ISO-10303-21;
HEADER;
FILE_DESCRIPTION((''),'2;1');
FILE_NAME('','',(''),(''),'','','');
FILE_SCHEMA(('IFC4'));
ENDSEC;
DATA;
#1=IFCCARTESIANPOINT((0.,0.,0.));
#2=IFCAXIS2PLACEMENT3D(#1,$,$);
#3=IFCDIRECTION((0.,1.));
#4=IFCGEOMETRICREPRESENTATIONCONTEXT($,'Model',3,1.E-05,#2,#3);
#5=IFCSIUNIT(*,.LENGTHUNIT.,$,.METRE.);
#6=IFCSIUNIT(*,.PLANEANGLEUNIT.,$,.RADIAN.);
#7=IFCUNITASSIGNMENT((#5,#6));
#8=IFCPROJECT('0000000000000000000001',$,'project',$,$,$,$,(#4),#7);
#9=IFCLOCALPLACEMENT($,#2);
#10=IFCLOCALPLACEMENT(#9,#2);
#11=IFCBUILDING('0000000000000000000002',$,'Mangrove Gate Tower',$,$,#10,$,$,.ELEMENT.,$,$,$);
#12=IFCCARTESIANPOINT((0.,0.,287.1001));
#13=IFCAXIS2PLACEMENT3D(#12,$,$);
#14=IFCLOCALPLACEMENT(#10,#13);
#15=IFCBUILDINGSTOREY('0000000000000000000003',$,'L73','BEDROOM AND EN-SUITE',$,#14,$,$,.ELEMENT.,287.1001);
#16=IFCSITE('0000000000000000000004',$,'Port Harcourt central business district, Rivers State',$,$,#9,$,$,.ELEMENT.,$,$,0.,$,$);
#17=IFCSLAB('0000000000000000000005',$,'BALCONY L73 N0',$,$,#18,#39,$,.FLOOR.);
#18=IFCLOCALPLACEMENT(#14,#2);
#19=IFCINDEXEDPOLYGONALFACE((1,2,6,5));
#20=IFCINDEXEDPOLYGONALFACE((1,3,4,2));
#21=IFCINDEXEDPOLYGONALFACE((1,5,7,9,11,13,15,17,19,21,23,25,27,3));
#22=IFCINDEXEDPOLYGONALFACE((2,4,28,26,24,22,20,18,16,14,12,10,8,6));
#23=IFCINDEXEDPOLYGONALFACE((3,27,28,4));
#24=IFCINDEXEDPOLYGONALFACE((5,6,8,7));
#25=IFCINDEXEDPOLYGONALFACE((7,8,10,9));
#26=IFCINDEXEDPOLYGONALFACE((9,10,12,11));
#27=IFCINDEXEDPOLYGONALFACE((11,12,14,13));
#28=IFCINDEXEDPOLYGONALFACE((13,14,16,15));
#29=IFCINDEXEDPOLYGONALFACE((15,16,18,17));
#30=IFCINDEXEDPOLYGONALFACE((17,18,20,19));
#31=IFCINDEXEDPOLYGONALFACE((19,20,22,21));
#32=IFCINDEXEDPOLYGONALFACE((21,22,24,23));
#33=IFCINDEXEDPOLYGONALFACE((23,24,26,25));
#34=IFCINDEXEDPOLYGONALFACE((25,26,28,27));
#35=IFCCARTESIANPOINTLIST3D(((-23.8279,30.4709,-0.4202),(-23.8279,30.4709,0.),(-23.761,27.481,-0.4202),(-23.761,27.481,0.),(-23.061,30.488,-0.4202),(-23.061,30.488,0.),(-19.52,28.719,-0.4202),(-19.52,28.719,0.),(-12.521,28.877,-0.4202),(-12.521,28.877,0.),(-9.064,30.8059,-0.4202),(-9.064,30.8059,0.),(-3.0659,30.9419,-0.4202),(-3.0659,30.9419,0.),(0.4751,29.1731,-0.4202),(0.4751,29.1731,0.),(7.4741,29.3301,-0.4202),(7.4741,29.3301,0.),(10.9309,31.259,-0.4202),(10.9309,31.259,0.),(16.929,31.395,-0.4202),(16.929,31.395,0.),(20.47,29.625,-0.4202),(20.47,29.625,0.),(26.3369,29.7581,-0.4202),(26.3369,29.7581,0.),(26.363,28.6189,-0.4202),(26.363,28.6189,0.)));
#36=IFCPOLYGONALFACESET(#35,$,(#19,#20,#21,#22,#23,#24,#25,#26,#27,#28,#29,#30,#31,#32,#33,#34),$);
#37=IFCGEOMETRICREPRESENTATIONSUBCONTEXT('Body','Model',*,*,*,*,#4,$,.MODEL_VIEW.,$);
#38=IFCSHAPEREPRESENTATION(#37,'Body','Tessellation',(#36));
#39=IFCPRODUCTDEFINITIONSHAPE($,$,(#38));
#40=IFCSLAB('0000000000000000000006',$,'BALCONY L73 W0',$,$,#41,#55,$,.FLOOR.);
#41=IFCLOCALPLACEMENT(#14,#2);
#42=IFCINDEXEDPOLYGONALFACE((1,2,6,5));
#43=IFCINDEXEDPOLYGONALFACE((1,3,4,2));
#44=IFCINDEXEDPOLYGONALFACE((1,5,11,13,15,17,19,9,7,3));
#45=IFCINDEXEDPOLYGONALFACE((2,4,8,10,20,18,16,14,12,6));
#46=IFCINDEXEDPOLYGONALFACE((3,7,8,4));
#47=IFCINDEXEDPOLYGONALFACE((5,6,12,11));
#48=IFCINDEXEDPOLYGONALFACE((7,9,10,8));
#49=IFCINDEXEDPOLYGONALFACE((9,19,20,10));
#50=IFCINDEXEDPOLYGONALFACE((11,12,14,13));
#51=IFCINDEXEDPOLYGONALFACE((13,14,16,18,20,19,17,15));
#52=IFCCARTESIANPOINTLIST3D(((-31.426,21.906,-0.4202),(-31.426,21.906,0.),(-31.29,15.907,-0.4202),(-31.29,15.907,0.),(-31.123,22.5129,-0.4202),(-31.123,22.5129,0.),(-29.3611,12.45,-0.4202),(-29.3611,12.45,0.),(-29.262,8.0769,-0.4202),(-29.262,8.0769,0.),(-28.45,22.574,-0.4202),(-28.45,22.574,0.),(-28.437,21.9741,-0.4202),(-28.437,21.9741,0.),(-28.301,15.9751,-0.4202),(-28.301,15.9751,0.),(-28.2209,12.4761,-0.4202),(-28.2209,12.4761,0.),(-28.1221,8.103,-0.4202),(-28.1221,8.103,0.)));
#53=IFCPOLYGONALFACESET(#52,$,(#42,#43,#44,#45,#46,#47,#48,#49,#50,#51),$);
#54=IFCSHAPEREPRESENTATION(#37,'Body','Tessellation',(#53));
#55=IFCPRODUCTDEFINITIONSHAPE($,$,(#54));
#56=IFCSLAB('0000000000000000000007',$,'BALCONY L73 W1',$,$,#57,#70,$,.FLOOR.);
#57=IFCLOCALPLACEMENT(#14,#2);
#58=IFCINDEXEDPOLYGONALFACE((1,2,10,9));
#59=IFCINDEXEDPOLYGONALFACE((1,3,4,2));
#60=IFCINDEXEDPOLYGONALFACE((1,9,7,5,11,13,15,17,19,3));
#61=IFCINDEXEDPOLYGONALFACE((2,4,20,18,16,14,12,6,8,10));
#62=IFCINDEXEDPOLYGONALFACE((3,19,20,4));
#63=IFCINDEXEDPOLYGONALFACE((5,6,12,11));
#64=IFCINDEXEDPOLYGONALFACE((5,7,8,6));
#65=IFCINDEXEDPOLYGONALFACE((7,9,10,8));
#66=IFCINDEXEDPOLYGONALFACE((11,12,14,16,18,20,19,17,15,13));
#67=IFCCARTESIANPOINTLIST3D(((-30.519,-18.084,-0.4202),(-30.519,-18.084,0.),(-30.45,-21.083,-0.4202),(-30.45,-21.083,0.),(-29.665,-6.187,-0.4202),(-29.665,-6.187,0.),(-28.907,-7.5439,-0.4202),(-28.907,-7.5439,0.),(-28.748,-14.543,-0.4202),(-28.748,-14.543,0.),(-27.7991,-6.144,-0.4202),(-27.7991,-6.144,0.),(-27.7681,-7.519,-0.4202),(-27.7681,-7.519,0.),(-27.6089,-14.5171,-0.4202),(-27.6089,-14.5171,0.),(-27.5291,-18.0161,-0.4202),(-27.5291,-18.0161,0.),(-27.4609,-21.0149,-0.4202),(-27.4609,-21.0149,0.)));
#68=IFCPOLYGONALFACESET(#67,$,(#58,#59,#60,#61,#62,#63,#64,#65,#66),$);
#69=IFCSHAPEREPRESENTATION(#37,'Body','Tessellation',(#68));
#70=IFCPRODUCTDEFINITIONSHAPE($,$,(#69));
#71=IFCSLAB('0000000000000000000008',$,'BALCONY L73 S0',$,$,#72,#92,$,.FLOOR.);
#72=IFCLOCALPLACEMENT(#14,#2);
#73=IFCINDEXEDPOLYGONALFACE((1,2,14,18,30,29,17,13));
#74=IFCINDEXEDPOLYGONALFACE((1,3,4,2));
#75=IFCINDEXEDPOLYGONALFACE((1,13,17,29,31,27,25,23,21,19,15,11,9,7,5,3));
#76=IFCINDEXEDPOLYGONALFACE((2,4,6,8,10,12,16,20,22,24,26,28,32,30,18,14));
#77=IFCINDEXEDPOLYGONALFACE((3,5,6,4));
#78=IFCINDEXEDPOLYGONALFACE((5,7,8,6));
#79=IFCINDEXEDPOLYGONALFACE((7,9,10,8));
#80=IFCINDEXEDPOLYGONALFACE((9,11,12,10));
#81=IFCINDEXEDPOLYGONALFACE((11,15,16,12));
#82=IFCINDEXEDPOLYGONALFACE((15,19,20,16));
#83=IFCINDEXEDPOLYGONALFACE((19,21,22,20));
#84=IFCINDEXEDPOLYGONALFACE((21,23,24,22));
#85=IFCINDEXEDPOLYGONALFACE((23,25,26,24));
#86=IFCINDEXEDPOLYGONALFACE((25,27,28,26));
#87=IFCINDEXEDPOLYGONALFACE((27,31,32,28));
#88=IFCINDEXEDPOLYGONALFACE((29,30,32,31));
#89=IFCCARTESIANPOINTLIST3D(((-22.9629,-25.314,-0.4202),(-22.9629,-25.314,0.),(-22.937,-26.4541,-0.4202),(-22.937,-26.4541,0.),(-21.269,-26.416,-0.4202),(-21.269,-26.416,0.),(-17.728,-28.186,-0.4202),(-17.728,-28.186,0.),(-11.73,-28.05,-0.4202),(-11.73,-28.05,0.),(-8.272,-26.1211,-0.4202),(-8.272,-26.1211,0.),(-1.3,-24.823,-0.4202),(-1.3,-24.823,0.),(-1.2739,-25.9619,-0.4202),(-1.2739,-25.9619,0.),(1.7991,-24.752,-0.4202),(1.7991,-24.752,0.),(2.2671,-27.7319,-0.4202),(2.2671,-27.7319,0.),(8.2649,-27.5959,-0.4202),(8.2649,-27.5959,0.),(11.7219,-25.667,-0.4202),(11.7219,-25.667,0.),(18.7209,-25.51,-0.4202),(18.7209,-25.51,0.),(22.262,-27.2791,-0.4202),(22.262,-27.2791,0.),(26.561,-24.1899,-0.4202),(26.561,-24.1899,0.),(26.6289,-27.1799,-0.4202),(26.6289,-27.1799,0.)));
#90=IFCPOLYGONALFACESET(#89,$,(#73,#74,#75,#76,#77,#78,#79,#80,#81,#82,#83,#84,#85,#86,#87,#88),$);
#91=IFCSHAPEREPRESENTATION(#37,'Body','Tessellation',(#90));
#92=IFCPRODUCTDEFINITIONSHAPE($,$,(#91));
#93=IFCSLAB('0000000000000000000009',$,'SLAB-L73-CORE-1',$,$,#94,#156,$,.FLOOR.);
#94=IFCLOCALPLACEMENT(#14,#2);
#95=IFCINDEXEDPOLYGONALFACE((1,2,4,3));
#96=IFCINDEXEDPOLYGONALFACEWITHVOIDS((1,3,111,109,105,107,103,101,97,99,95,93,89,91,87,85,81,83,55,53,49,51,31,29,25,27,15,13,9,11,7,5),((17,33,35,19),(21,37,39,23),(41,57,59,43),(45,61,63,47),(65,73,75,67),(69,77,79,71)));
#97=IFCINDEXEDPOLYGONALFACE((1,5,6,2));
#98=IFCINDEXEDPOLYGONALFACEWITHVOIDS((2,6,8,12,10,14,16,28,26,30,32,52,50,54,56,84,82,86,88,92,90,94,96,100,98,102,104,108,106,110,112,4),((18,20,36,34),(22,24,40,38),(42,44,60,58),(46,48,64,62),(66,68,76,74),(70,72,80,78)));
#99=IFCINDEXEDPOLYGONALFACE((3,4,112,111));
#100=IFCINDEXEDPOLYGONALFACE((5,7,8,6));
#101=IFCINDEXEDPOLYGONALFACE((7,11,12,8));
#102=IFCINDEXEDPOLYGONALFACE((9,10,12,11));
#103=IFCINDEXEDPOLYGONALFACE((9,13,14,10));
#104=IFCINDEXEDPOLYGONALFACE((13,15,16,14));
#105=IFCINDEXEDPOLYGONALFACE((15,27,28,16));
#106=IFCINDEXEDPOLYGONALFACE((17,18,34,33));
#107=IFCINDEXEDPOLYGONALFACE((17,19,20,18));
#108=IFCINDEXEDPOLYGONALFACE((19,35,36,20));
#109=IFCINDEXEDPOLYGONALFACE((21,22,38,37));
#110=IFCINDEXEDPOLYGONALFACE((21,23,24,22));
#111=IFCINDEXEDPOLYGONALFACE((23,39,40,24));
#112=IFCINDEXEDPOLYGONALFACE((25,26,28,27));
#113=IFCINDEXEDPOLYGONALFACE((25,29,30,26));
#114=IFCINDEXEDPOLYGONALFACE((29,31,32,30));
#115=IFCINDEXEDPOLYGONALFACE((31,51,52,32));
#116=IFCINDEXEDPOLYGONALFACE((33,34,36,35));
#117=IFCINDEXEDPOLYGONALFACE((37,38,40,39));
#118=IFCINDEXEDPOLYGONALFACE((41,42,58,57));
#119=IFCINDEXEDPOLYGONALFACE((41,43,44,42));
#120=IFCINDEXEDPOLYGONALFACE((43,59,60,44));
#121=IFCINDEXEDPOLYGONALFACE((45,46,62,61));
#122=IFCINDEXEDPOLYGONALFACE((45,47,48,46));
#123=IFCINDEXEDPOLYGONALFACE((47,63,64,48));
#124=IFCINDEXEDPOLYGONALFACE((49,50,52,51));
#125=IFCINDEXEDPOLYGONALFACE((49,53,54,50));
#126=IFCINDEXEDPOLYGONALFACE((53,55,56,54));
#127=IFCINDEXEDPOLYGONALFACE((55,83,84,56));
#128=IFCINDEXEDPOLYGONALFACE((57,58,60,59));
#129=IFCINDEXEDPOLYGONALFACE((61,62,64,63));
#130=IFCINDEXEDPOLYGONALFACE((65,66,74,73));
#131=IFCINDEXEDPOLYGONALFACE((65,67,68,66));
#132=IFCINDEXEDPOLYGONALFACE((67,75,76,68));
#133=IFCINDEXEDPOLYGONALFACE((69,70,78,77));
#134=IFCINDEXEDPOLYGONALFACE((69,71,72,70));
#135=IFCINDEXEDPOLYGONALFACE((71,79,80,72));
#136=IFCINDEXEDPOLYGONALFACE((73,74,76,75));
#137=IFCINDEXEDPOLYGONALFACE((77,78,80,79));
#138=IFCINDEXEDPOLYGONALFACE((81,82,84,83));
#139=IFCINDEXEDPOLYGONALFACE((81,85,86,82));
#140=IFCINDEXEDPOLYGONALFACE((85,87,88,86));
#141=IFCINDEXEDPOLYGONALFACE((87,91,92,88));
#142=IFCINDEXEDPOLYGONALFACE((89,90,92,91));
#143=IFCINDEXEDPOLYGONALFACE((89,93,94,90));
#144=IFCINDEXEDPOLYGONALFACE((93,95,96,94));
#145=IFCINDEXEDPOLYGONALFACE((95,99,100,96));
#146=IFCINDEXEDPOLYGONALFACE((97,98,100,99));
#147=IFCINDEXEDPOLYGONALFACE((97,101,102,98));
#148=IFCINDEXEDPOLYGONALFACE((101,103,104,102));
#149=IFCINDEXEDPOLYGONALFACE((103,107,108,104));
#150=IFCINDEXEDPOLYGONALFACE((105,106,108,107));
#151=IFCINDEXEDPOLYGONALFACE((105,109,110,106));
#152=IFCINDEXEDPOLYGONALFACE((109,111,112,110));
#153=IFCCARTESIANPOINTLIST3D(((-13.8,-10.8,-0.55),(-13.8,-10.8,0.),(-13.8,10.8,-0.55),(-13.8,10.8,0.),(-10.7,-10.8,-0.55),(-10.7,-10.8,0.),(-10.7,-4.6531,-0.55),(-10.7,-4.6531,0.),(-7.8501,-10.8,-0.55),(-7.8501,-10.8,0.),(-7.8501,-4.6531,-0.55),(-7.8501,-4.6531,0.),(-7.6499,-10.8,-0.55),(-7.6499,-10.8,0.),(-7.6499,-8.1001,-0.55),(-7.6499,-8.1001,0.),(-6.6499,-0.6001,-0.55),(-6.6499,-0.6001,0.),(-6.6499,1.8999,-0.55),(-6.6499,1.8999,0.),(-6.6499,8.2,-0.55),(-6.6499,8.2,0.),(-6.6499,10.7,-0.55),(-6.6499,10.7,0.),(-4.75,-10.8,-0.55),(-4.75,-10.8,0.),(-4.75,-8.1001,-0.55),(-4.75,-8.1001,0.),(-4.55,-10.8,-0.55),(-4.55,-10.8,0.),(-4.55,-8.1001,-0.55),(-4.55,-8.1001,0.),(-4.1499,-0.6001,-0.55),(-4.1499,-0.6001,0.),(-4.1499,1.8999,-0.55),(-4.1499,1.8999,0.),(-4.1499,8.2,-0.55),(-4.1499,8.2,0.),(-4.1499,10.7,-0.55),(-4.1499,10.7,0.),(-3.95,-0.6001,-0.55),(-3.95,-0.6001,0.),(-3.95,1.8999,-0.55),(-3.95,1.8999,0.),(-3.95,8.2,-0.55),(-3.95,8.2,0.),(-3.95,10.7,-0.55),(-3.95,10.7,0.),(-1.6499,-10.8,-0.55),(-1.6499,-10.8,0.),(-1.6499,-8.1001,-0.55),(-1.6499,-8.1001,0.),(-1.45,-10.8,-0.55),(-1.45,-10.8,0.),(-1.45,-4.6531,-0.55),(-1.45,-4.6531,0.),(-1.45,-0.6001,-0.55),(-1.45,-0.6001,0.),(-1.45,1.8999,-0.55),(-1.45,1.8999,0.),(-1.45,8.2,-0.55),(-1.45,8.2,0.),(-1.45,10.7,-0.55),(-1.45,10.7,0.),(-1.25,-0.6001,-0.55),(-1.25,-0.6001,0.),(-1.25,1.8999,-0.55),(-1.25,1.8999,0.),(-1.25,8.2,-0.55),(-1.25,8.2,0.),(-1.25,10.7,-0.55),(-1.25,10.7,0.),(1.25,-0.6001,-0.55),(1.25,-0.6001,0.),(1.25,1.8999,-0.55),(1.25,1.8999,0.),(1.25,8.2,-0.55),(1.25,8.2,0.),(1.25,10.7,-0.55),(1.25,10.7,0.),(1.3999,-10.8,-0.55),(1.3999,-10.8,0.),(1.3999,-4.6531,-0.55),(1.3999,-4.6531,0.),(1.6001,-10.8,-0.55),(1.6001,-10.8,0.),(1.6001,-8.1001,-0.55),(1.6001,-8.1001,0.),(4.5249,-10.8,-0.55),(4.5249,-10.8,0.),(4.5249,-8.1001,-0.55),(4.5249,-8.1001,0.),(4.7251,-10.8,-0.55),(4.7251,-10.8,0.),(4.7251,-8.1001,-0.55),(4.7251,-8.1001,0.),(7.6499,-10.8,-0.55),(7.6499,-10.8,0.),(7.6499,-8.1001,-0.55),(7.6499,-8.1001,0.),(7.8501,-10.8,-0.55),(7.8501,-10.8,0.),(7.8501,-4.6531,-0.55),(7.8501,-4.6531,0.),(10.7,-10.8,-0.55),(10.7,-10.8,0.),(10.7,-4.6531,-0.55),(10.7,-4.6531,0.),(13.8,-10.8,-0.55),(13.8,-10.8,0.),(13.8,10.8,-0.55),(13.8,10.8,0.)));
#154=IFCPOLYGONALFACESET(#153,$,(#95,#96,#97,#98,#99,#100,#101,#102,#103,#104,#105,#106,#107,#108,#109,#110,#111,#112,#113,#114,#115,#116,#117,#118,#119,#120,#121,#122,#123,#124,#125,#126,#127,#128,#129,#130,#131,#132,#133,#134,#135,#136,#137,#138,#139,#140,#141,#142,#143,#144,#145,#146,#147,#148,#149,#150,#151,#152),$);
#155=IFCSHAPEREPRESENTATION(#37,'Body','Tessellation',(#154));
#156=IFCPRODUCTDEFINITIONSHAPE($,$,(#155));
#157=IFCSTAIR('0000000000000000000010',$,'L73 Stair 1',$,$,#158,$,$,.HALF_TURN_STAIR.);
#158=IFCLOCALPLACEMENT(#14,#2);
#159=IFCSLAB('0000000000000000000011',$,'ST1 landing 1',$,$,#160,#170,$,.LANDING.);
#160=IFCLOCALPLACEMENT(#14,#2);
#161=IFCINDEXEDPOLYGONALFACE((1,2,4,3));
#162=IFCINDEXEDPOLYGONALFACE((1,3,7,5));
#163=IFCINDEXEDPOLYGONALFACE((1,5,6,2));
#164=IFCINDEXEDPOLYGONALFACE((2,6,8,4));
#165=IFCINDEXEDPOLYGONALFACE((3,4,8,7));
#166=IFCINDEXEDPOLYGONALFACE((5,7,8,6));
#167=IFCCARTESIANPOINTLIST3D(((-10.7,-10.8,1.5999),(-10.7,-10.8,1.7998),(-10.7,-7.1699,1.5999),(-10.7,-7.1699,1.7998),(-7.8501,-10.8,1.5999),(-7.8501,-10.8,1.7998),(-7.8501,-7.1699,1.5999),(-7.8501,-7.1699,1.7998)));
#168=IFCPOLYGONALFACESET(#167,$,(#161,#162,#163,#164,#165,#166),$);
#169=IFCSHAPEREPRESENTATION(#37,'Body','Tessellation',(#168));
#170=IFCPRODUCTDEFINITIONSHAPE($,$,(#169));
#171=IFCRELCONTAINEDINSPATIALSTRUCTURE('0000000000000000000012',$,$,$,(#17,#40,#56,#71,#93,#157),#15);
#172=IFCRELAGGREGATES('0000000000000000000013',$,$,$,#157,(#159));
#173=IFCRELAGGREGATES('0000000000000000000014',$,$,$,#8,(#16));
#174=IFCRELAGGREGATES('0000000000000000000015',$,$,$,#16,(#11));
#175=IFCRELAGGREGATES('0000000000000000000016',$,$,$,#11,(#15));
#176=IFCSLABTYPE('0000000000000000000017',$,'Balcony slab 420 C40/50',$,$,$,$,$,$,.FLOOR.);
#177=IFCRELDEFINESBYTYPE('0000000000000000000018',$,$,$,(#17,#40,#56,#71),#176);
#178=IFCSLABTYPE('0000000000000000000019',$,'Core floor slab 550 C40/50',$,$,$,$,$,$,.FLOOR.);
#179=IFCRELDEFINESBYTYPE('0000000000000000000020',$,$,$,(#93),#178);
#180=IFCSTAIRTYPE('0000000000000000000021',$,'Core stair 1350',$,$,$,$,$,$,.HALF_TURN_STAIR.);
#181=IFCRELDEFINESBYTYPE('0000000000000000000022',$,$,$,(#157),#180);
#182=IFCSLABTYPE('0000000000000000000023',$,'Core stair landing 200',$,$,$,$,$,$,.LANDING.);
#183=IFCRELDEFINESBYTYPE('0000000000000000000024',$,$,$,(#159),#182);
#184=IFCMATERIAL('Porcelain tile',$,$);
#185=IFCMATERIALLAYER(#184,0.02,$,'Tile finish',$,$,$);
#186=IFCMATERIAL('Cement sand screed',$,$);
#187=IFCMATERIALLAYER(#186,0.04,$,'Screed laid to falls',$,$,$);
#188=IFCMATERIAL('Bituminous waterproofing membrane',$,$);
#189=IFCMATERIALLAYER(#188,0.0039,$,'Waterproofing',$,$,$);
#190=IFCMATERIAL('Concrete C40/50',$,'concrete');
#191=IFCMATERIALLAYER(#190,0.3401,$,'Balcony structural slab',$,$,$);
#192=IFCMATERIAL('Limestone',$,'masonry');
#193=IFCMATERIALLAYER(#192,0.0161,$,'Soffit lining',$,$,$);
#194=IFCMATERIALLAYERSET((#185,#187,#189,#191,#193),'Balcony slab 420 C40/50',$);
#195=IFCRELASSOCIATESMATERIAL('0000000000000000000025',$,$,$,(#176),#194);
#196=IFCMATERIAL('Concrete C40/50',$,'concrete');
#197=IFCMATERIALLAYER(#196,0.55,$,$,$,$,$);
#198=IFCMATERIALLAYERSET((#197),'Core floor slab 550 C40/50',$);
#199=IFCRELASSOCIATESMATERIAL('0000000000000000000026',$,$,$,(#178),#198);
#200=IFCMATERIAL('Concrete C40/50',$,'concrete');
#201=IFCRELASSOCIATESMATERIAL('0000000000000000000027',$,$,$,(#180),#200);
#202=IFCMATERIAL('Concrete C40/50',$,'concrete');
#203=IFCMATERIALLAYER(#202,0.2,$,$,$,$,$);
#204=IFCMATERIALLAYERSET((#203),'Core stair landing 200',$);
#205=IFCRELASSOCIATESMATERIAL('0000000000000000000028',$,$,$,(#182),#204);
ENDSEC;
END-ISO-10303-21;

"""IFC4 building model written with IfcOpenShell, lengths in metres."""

from ifc_helpers import new_model, si_unit, direction, frame, origin, place, context, subcontext, project, spatial, polyline, outline, extrude, material, layer, layer_set, type_object, element, aggregate, save


model = new_model("IFC4")

# Units and contexts
model_context = context("Model", 3, precision=1e-05, world=origin(), true_north=direction((0.0, 1.0)))
body_context = subcontext(model_context, "Body", "Model", "MODEL_VIEW")
ifc_project = project(units=[si_unit("LENGTHUNIT", "METRE"), si_unit("PLANEANGLEUNIT", "RADIAN")], contexts=[model_context])

# Site, building, storey
site_placement = place(None, origin())
site = spatial("IfcSite", under=ifc_project, at=site_placement, Name="Port Harcourt central business district, Rivers State", CompositionType="ELEMENT", RefElevation=0.0)
building_placement = place(site_placement, origin())
building = spatial("IfcBuilding", under=site, at=building_placement, Name="Mangrove Gate Tower", CompositionType="ELEMENT")
storey_placement = place(building_placement, frame((0.0, 0.0, 287.1001)))
storey = spatial("IfcBuildingStorey", under=building, at=storey_placement, Name="L73", Description="BEDROOM AND EN-SUITE", CompositionType="ELEMENT", Elevation=287.1001)

# Slabs
ifc_material_1 = material(Name="Porcelain tile")
ifc_layer_1 = layer(ifc_material_1, 0.02, Name="Tile finish")
ifc_material_2 = material(Name="Cement sand screed")
ifc_layer_2 = layer(ifc_material_2, 0.04, Name="Screed laid to falls")
ifc_material_3 = material(Name="Bituminous waterproofing membrane")
ifc_layer_3 = layer(ifc_material_3, 0.0039, Name="Waterproofing")
ifc_material_4 = material(Name="Concrete C40/50", Category="concrete")
ifc_layer_4 = layer(ifc_material_4, 0.3401, Name="Balcony structural slab")
ifc_material_5 = material(Name="Limestone", Category="masonry")
ifc_layer_5 = layer(ifc_material_5, 0.0161, Name="Soffit lining")
ifc_layer_set_1 = layer_set([ifc_layer_1, ifc_layer_2, ifc_layer_3, ifc_layer_4, ifc_layer_5], Name="Balcony slab 420 C40/50")
slab_type_1 = type_object("IfcSlabType", Name="Balcony slab 420 C40/50", PredefinedType="FLOOR", material=ifc_layer_set_1)
slab_1_placement = place(storey_placement, frame((0.0, 0.0, -0.4202)))
element("IfcSlab", 1, at=slab_1_placement, inside=storey, type_object=slab_type_1, Name="BALCONY L73 N0", PredefinedType="FLOOR", context=body_context, shape_type="SweptSolid", body=[
    extrude(outline(polyline([(26.3369, 29.7581), (20.47, 29.625), (16.929, 31.395), (10.9309, 31.259), (7.4741, 29.3301), (0.4751, 29.1731), (-3.0659, 30.9419), (-9.064, 30.8059), (-12.521, 28.877), (-19.52, 28.719), (-23.061, 30.488), (-23.8279, 30.4709), (-23.761, 27.481), (26.363, 28.6189), (26.3369, 29.7581)])), origin(), (0.0, 0.0, 1.0), 0.4202),
])
slab_2_placement = place(storey_placement, frame((0.0, 0.0, -0.4202)))
element("IfcSlab", 2, at=slab_2_placement, inside=storey, type_object=slab_type_1, Name="BALCONY L73 W0", PredefinedType="FLOOR", context=body_context, shape_type="SweptSolid", body=[
    extrude(outline(polyline([(-31.123, 22.5129), (-31.426, 21.906), (-31.29, 15.907), (-29.3611, 12.45), (-29.262, 8.0769), (-28.1221, 8.103), (-28.2209, 12.4761), (-28.301, 15.9751), (-28.437, 21.9741), (-28.45, 22.574), (-31.123, 22.5129)])), origin(), (0.0, 0.0, 1.0), 0.4202),
])
slab_3_placement = place(storey_placement, frame((0.0, 0.0, -0.4202)))
element("IfcSlab", 3, at=slab_3_placement, inside=storey, type_object=slab_type_1, Name="BALCONY L73 W1", PredefinedType="FLOOR", context=body_context, shape_type="SweptSolid", body=[
    extrude(outline(polyline([(-29.665, -6.187), (-28.907, -7.5439), (-28.748, -14.543), (-30.519, -18.084), (-30.45, -21.083), (-27.4609, -21.0149), (-27.5291, -18.0161), (-27.6089, -14.5171), (-27.7681, -7.519), (-27.7991, -6.144), (-29.665, -6.187)])), origin(), (0.0, 0.0, 1.0), 0.4202),
])
slab_4_placement = place(storey_placement, frame((0.0, 0.0, -0.4202)))
element("IfcSlab", 4, at=slab_4_placement, inside=storey, type_object=slab_type_1, Name="BALCONY L73 S0", PredefinedType="FLOOR", context=body_context, shape_type="SweptSolid", body=[
    extrude(outline(polyline([(-22.937, -26.4541), (-21.269, -26.416), (-17.728, -28.186), (-11.73, -28.05), (-8.272, -26.1211), (-1.2739, -25.9619), (2.2671, -27.7319), (8.2649, -27.5959), (11.7219, -25.667), (18.7209, -25.51), (22.262, -27.2791), (26.6289, -27.1799), (26.561, -24.1899), (1.7991, -24.752), (-1.3, -24.823), (-22.9629, -25.314), (-22.937, -26.4541)])), origin(), (0.0, 0.0, 1.0), 0.4202),
])
ifc_material_6 = material(Name="Concrete C40/50", Category="concrete")
ifc_layer_6 = layer(ifc_material_6, 0.55)
ifc_layer_set_2 = layer_set([ifc_layer_6], Name="Core floor slab 550 C40/50")
slab_type_2 = type_object("IfcSlabType", Name="Core floor slab 550 C40/50", PredefinedType="FLOOR", material=ifc_layer_set_2)
slab_5_placement = place(storey_placement, frame((0.0, 0.0, -0.55)))
element("IfcSlab", 5, at=slab_5_placement, inside=storey, type_object=slab_type_2, Name="SLAB-L73-CORE-1", PredefinedType="FLOOR", context=body_context, shape_type="SweptSolid", body=[
    extrude(outline(polyline([(-13.8, -10.8), (-13.8, 10.8), (13.8, 10.8), (13.8, -10.8), (10.7, -10.8), (10.7, -4.6531), (7.8501, -4.6531), (7.8501, -10.8), (7.6499, -10.8), (7.6499, -8.1001), (4.7251, -8.1001), (4.7251, -10.8), (4.5249, -10.8), (4.5249, -8.1001), (1.6001, -8.1001), (1.6001, -10.8), (1.3999, -10.8), (1.3999, -4.6531), (-1.45, -4.6531), (-1.45, -10.8), (-1.6499, -10.8), (-1.6499, -8.1001), (-4.55, -8.1001), (-4.55, -10.8), (-4.75, -10.8), (-4.75, -8.1001), (-7.6499, -8.1001), (-7.6499, -10.8), (-7.8501, -10.8), (-7.8501, -4.6531), (-10.7, -4.6531), (-10.7, -10.8), (-13.8, -10.8)]), holes=[polyline([(-4.1499, 1.8999), (-6.6499, 1.8999), (-6.6499, -0.6001), (-4.1499, -0.6001), (-4.1499, 1.8999)]), polyline([(-1.45, -0.6001), (-1.45, 1.8999), (-3.95, 1.8999), (-3.95, -0.6001), (-1.45, -0.6001)]), polyline([(-4.1499, 8.2), (-4.1499, 10.7), (-6.6499, 10.7), (-6.6499, 8.2), (-4.1499, 8.2)]), polyline([(-1.45, 10.7), (-3.95, 10.7), (-3.95, 8.2), (-1.45, 8.2), (-1.45, 10.7)]), polyline([(1.25, -0.6001), (1.25, 1.8999), (-1.25, 1.8999), (-1.25, -0.6001), (1.25, -0.6001)]), polyline([(1.25, 8.2), (1.25, 10.7), (-1.25, 10.7), (-1.25, 8.2), (1.25, 8.2)])]), origin(), (0.0, 0.0, 1.0), 0.55),
])

# Stair, slab
ifc_material_7 = material(Name="Concrete C40/50", Category="concrete")
stair_type = type_object("IfcStairType", Name="Core stair 1350", PredefinedType="HALF_TURN_STAIR", material=ifc_material_7)
stair_1_placement = place(storey_placement, origin())
stair_1 = element("IfcStair", 6, at=stair_1_placement, inside=storey, type_object=stair_type, Name="L73 Stair 1", PredefinedType="HALF_TURN_STAIR")
ifc_material_8 = material(Name="Concrete C40/50", Category="concrete")
ifc_layer_7 = layer(ifc_material_8, 0.2)
ifc_layer_set_3 = layer_set([ifc_layer_7], Name="Core stair landing 200")
slab_type_3 = type_object("IfcSlabType", Name="Core stair landing 200", PredefinedType="LANDING", material=ifc_layer_set_3)
slab_6_placement = place(storey_placement, frame((0.0, 0.0, 1.5999)))
slab_6 = element("IfcSlab", 7, at=slab_6_placement, type_object=slab_type_3, Name="ST1 landing 1", PredefinedType="LANDING", context=body_context, shape_type="SweptSolid", body=[
    extrude(outline(polyline([(-10.7, -7.1699), (-10.7, -10.8), (-7.8501, -10.8), (-7.8501, -7.1699), (-10.7, -7.1699)])), origin(), (0.0, 0.0, 1.0), 0.2),
])
aggregate(stair_1, [slab_6])

save(model, "model.ifc")
